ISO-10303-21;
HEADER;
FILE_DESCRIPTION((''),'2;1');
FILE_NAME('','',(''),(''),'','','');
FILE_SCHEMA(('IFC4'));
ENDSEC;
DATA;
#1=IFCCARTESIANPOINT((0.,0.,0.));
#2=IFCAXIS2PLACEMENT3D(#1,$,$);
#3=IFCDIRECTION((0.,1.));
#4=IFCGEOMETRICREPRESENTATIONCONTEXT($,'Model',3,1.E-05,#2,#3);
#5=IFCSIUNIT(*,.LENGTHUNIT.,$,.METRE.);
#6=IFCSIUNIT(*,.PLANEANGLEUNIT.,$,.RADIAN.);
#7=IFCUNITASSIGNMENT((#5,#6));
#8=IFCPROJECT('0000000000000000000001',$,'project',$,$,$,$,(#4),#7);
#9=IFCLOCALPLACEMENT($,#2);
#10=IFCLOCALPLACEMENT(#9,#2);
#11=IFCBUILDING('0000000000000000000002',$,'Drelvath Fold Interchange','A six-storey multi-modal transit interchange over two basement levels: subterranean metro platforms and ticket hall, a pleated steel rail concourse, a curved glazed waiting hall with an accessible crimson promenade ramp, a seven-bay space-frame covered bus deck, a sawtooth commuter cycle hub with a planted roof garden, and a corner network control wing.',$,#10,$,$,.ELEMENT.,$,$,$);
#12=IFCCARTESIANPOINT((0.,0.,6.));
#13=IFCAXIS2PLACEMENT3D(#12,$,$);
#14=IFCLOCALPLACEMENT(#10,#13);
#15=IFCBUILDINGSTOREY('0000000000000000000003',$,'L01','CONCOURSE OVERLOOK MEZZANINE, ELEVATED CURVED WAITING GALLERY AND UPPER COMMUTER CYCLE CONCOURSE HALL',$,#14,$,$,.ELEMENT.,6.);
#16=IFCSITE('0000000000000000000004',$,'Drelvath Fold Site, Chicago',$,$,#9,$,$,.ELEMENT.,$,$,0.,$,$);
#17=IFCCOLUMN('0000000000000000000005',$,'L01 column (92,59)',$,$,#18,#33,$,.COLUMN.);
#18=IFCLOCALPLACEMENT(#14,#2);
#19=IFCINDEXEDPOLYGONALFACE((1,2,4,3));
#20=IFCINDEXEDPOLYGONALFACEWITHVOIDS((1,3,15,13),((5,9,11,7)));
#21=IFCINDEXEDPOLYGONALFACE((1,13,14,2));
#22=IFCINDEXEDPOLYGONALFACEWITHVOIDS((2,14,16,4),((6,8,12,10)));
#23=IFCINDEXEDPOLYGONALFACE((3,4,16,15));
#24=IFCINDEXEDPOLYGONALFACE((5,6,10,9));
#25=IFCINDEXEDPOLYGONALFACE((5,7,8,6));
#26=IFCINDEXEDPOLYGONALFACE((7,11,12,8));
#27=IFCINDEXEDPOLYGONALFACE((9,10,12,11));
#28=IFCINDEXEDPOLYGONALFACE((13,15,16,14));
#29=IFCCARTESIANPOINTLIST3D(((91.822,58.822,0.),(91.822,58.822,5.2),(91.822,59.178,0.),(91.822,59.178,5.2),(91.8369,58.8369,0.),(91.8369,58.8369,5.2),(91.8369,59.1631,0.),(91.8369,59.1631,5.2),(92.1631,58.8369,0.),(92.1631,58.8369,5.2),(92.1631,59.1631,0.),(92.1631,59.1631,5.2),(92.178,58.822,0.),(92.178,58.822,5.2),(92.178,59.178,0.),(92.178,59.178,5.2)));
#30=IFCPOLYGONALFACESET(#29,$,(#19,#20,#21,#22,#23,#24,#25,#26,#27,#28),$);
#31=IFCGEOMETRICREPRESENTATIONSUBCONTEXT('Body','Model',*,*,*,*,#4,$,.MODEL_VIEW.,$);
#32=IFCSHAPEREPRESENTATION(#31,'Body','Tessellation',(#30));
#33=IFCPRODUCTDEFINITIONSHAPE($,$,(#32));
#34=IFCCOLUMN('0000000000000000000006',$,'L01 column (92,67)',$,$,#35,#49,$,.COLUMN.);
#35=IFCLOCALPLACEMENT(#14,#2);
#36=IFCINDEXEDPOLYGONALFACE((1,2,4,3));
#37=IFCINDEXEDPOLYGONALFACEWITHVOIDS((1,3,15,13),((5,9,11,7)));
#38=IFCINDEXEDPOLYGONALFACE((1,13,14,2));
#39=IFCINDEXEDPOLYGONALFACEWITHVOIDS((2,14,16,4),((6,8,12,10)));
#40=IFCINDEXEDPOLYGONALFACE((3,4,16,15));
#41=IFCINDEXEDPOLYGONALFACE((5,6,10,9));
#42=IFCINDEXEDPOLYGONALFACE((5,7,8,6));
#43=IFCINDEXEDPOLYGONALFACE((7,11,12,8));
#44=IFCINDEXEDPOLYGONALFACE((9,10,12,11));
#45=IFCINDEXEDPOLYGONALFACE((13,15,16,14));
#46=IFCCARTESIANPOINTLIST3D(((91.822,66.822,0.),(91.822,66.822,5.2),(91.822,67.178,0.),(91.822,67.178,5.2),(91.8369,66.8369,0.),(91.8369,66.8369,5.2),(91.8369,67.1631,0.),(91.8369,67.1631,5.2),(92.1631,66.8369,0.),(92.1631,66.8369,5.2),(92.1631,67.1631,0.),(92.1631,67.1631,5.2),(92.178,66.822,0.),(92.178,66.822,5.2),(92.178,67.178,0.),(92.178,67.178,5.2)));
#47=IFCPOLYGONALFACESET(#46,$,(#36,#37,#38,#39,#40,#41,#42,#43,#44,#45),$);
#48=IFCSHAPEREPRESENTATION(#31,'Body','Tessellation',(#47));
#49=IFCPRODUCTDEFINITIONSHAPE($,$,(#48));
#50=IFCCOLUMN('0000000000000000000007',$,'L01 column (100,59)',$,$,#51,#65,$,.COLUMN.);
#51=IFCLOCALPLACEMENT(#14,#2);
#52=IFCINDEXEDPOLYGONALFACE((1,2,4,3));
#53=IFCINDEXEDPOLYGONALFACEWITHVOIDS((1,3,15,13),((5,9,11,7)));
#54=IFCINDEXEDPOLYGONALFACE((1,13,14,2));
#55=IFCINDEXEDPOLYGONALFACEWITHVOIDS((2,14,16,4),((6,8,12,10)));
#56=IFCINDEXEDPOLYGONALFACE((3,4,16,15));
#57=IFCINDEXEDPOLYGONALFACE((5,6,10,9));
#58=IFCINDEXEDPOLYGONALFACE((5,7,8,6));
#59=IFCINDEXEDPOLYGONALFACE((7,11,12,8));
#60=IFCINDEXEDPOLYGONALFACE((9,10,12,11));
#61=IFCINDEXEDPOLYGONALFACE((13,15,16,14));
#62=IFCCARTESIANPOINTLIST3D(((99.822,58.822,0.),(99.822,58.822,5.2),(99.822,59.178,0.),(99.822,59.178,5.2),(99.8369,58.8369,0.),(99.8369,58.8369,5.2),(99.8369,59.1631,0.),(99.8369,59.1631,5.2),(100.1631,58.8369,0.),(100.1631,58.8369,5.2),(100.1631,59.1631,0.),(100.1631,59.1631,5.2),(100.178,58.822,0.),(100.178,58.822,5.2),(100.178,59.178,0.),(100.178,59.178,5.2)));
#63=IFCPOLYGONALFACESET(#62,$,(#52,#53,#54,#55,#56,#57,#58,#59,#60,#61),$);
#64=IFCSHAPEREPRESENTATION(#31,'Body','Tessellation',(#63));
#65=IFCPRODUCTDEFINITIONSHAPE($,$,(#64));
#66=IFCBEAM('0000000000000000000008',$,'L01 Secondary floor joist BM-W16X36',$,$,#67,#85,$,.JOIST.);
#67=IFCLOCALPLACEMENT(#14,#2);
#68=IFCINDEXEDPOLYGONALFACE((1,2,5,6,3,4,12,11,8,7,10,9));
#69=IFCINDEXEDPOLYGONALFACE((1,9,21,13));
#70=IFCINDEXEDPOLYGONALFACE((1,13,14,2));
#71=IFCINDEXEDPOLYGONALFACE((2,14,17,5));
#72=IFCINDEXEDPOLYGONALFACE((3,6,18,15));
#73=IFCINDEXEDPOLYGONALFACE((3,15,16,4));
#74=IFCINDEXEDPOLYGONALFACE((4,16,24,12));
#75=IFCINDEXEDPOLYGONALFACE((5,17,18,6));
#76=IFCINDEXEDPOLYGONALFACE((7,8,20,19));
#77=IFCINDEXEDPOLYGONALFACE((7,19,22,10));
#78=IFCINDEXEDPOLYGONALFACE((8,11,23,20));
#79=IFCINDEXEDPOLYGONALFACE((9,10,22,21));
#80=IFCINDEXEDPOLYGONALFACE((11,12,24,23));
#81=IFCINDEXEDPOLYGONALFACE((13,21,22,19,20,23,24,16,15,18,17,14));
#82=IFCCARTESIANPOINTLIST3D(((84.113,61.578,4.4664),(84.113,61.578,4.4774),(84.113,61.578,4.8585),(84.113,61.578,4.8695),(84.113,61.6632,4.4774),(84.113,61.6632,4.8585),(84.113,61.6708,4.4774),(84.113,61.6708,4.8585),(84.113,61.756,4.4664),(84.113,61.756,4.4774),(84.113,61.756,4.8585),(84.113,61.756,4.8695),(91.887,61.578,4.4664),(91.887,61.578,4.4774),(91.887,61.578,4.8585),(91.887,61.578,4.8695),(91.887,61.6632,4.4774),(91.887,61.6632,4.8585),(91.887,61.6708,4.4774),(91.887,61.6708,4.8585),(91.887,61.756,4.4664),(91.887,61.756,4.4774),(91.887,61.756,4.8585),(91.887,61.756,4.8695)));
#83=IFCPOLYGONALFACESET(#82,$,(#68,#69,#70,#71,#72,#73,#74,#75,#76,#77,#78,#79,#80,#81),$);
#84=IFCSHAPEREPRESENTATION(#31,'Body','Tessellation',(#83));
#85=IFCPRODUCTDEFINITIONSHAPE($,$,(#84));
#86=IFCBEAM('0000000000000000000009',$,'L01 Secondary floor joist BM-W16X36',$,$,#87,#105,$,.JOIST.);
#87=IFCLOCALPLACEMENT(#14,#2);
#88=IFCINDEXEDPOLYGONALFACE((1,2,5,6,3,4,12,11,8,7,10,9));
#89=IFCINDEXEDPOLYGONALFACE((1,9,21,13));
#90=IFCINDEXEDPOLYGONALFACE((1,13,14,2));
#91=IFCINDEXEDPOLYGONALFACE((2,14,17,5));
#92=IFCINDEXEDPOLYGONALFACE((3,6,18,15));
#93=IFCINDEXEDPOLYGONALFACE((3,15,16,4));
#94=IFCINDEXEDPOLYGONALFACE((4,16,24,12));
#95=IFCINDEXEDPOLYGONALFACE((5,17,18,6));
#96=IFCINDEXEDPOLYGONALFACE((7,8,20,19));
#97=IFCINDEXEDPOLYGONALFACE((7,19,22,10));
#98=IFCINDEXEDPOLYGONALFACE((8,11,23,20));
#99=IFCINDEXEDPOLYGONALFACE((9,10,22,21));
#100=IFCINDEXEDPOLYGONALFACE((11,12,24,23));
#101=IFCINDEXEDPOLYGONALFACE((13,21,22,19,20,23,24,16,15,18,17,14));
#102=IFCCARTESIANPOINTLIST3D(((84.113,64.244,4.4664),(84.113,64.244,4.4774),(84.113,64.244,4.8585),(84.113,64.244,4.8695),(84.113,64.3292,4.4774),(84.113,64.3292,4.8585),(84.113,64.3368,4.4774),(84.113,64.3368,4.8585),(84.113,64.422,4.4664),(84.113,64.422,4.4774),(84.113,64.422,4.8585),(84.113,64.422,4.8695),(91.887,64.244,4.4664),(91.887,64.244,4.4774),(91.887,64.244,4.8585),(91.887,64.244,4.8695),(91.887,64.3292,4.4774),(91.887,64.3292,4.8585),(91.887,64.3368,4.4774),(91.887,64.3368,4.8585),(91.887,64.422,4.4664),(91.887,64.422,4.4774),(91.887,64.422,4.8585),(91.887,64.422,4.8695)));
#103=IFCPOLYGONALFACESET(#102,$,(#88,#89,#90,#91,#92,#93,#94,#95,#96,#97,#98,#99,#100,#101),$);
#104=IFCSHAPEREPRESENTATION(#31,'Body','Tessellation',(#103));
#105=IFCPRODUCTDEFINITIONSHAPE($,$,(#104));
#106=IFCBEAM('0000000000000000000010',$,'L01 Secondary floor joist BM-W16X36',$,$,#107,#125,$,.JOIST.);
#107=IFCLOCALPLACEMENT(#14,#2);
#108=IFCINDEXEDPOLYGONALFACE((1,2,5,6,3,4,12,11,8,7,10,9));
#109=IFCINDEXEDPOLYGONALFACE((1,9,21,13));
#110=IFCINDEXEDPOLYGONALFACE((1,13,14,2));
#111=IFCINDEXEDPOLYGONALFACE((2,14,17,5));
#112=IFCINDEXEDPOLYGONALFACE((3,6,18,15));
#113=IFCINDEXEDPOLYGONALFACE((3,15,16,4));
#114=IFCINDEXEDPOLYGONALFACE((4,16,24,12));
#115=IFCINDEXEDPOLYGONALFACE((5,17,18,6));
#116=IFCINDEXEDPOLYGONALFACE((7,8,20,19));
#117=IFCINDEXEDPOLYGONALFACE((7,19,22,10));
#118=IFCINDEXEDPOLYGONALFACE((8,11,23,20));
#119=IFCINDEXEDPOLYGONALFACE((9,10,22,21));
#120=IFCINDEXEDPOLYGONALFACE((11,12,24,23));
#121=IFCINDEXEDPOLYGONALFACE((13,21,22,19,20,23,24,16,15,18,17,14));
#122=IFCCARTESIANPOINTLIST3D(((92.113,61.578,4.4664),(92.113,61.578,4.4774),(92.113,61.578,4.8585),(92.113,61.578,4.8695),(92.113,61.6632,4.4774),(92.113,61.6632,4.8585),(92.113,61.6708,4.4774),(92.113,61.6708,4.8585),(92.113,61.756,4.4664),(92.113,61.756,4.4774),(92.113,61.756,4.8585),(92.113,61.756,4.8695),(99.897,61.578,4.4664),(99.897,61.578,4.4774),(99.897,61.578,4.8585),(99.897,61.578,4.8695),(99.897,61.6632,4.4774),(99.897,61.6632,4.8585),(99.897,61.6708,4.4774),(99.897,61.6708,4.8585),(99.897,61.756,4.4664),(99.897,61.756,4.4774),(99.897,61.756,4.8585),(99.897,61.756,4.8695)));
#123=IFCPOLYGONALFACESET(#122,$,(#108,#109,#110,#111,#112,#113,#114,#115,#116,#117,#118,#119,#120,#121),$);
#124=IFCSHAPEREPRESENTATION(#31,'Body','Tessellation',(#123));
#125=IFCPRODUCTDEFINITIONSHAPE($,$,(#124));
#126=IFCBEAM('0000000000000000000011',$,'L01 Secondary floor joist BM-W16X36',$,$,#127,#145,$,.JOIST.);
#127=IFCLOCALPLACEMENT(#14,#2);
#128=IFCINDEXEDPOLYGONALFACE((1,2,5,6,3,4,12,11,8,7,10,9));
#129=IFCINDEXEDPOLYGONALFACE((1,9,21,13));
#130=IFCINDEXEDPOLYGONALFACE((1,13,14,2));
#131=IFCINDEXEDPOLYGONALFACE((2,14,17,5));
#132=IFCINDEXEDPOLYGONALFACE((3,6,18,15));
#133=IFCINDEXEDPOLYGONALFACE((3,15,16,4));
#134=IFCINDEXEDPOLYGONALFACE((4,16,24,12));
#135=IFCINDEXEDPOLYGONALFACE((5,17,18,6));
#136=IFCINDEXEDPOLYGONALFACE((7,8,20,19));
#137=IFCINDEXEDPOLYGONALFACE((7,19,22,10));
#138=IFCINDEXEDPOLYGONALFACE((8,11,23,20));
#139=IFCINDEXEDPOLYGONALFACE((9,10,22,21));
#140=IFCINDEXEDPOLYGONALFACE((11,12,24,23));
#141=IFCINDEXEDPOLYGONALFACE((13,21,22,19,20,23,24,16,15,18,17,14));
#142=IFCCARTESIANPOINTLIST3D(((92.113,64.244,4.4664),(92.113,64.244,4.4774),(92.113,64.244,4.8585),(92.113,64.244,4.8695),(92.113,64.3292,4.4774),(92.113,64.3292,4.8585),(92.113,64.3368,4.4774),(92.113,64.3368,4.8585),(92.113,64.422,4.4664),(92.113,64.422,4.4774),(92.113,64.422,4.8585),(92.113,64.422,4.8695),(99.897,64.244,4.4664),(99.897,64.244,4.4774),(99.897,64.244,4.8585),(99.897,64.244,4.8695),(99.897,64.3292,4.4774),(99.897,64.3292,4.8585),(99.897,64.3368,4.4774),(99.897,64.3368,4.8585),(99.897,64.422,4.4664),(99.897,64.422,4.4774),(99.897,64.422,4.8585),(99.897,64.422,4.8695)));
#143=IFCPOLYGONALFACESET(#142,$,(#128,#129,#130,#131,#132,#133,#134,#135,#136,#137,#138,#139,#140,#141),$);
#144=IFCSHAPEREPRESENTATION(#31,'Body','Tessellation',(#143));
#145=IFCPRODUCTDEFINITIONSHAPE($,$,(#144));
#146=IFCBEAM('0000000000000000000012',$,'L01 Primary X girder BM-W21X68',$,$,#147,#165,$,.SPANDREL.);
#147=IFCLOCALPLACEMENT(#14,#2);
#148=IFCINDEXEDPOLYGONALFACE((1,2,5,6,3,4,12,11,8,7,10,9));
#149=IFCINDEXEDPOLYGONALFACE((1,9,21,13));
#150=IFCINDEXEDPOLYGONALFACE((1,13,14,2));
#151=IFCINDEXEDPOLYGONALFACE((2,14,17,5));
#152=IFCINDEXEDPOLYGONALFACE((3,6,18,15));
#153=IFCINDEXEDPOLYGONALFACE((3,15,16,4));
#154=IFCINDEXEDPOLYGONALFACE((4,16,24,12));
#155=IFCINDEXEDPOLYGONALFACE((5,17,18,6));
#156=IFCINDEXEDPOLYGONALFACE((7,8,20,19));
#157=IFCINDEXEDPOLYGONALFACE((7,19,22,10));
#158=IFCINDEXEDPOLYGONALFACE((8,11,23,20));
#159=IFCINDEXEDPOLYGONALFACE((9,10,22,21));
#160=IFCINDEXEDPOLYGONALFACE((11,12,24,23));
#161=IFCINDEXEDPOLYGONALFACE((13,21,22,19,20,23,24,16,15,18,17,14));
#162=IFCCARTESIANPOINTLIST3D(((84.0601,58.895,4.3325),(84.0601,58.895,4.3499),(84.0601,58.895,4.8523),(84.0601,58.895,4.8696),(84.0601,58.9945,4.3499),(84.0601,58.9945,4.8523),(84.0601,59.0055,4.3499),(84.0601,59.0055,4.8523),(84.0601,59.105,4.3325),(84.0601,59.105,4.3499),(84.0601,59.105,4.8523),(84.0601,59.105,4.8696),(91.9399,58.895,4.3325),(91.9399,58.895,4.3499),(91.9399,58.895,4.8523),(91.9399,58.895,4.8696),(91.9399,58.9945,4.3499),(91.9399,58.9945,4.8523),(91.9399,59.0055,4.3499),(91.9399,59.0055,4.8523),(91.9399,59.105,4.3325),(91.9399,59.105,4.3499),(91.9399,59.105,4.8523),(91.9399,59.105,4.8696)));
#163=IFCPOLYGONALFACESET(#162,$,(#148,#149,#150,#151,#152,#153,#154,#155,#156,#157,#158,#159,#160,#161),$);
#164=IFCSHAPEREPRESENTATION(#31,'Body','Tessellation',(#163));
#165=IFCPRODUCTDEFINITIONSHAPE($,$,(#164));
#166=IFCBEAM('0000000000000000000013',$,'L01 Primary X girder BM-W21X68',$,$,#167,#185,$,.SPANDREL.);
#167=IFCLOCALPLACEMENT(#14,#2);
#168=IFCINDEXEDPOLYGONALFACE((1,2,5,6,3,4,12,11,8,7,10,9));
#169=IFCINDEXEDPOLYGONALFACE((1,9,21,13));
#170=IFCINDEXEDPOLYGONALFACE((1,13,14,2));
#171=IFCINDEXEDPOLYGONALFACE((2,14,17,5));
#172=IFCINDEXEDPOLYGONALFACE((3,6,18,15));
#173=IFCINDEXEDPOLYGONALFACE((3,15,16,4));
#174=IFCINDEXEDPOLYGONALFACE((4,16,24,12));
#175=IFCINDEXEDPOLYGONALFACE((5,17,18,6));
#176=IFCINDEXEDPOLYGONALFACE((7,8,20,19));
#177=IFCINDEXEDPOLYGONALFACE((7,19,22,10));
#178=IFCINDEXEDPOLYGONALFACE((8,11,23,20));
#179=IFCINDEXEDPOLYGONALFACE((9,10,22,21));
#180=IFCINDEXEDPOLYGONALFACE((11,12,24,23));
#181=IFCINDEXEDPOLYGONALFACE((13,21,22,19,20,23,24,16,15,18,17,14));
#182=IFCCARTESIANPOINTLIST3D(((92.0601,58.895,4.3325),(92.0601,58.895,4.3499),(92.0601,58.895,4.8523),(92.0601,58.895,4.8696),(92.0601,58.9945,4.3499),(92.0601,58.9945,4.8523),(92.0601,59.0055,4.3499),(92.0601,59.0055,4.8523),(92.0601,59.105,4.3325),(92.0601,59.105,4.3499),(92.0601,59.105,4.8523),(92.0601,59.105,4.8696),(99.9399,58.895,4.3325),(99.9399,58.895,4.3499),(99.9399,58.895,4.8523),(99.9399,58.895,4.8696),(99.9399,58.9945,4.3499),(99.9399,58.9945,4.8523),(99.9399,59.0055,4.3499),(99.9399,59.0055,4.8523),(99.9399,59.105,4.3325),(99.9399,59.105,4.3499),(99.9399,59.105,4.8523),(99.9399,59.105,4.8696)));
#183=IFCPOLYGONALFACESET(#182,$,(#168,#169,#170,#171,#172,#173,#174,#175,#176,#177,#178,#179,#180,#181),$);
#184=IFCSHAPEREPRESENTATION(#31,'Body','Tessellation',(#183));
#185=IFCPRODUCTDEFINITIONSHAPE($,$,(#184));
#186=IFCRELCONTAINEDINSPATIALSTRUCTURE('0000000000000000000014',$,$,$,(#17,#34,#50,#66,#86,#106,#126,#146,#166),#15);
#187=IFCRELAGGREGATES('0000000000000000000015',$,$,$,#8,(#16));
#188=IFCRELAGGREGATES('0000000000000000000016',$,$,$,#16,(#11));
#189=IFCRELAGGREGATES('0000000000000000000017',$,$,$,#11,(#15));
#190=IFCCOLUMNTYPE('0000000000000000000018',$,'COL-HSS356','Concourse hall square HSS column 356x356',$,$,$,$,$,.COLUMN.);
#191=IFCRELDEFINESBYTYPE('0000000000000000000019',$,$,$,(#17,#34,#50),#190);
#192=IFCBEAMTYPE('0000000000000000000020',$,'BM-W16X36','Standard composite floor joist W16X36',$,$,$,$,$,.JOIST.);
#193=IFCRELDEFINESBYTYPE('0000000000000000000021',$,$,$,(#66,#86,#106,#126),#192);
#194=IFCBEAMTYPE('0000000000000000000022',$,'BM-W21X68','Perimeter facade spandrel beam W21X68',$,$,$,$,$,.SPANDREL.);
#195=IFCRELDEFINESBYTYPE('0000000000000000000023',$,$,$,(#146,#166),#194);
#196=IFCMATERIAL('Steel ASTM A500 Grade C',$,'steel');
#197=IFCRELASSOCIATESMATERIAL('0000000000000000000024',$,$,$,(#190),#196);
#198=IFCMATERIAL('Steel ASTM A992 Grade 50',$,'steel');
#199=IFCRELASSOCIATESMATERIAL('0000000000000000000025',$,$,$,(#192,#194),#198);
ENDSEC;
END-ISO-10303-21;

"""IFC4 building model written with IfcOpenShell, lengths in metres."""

from ifc_helpers import new_model, si_unit, direction, frame, origin, origin_2d, place, context, subcontext, project, spatial, hollow_rectangle, i_section, extrude, material, material_profile, profile_set, type_object, element, save


model = new_model("IFC4")

# Units and contexts
model_context = context("Model", 3, precision=1e-05, world=origin(), true_north=direction((0.0, 1.0)))
body_context = subcontext(model_context, "Body", "Model", "MODEL_VIEW")
ifc_project = project(units=[si_unit("LENGTHUNIT", "METRE"), si_unit("PLANEANGLEUNIT", "RADIAN")], contexts=[model_context])

# Site, building, storey
site_placement = place(None, origin())
site = spatial("IfcSite", under=ifc_project, at=site_placement, Name="Drelvath Fold Site, Chicago", CompositionType="ELEMENT", RefElevation=0.0)
building_placement = place(site_placement, origin())
building = spatial("IfcBuilding", under=site, at=building_placement, Name="Drelvath Fold Interchange", Description="A six-storey multi-modal transit interchange over two basement levels: subterranean metro platforms and ticket hall, a pleated steel rail concourse, a curved glazed waiting hall with an accessible crimson promenade ramp, a seven-bay space-frame covered bus deck, a sawtooth commuter cycle hub with a planted roof garden, and a corner network control wing.", CompositionType="ELEMENT")
storey_placement = place(building_placement, frame((0.0, 0.0, 6.0)))
storey = spatial("IfcBuildingStorey", under=building, at=storey_placement, Name="L01", Description="CONCOURSE OVERLOOK MEZZANINE, ELEVATED CURVED WAITING GALLERY AND UPPER COMMUTER CYCLE CONCOURSE HALL", CompositionType="ELEMENT", Elevation=6.0)

# Columns
ifc_material_1 = material(Name="Steel ASTM A500 Grade C", Category="steel")
ifc_material_profile_1 = material_profile(ifc_material_1, hollow_rectangle(XDim=0.356, YDim=0.356, WallThickness=0.0149, at=origin_2d()), Name="HSS14X14X5/8")
ifc_profile_set_1 = profile_set([ifc_material_profile_1], Name="Steel ASTM A500 Grade C")
column_type = type_object("IfcColumnType", Name="COL-HSS356", Description="Concourse hall square HSS column 356x356", PredefinedType="COLUMN", material=ifc_profile_set_1)
for number, where, z_axis, x_axis, name in (
    (1, (92.0, 59.0, 0.0), (0.0, 0.0, 1.0), (1.0, 0.0, 0.0), "L01 column (92,59)"),
    (2, (92.0, 67.0, 0.0), (0.0, 0.0, 1.0), (1.0, 0.0, 0.0), "L01 column (92,67)"),
    (3, (100.0, 59.0, 0.0), (0.0, 0.0, 1.0), (1.0, 0.0, 0.0), "L01 column (100,59)"),
):
    element("IfcColumn", number, at=place(storey_placement, frame(where, z_axis=z_axis, x_axis=x_axis)), inside=storey, type_object=column_type, Name=name, PredefinedType="COLUMN", context=body_context, shape_type="SweptSolid", body=[
        extrude(hollow_rectangle(XDim=0.356, YDim=0.356, WallThickness=0.0149, at=origin_2d()), origin(), (0.0, 0.0, 1.0), 5.2),
    ])

# Beams
ifc_material_2 = material(Name="Steel ASTM A992 Grade 50", Category="steel")
ifc_material_profile_2 = material_profile(ifc_material_2, i_section(OverallWidth=0.178, OverallDepth=0.4031, WebThickness=0.0076, FlangeThickness=0.011, at=origin_2d()), Name="W16X36")
ifc_profile_set_2 = profile_set([ifc_material_profile_2], Name="Steel ASTM A992 Grade 50")
beam_type_1 = type_object("IfcBeamType", Name="BM-W16X36", Description="Standard composite floor joist W16X36", PredefinedType="JOIST", material=ifc_profile_set_2)
for number, where, z_axis, x_axis, name in (
    (4, (84.113, 61.667, 4.668), (1.0, 0.0, 0.0), (0.0, 1.0, 0.0), "L01 Secondary floor joist BM-W16X36"),
    (5, (84.113, 64.333, 4.668), (1.0, 0.0, 0.0), (0.0, 1.0, 0.0), "L01 Secondary floor joist BM-W16X36"),
):
    element("IfcBeam", number, at=place(storey_placement, frame(where, z_axis=z_axis, x_axis=x_axis)), inside=storey, type_object=beam_type_1, Name=name, PredefinedType="JOIST", context=body_context, shape_type="SweptSolid", body=[
        extrude(i_section(OverallWidth=0.178, OverallDepth=0.4031, WebThickness=0.0076, FlangeThickness=0.011, at=origin_2d()), origin(), (0.0, 0.0, 1.0), 7.7739),
    ])
for number, where, z_axis, x_axis, name in (
    (6, (92.113, 61.667, 4.668), (1.0, 0.0, 0.0), (0.0, 1.0, 0.0), "L01 Secondary floor joist BM-W16X36"),
    (7, (92.113, 64.333, 4.668), (1.0, 0.0, 0.0), (0.0, 1.0, 0.0), "L01 Secondary floor joist BM-W16X36"),
):
    element("IfcBeam", number, at=place(storey_placement, frame(where, z_axis=z_axis, x_axis=x_axis)), inside=storey, type_object=beam_type_1, Name=name, PredefinedType="JOIST", context=body_context, shape_type="SweptSolid", body=[
        extrude(i_section(OverallWidth=0.178, OverallDepth=0.4031, WebThickness=0.0076, FlangeThickness=0.011, at=origin_2d()), origin(), (0.0, 0.0, 1.0), 7.7839),
    ])
ifc_material_profile_3 = material_profile(ifc_material_2, i_section(OverallWidth=0.21, OverallDepth=0.5371, WebThickness=0.011, FlangeThickness=0.0173, at=origin_2d()), Name="W21X68")
ifc_profile_set_3 = profile_set([ifc_material_profile_3], Name="Steel ASTM A992 Grade 50")
beam_type_2 = type_object("IfcBeamType", Name="BM-W21X68", Description="Perimeter facade spandrel beam W21X68", PredefinedType="SPANDREL", material=ifc_profile_set_3)
for number, where, z_axis, x_axis, name in (
    (8, (84.0601, 59.0, 4.6011), (1.0, 0.0, 0.0), (0.0, 1.0, 0.0), "L01 Primary X girder BM-W21X68"),
    (9, (92.0601, 59.0, 4.6011), (1.0, 0.0, 0.0), (0.0, 1.0, 0.0), "L01 Primary X girder BM-W21X68"),
):
    element("IfcBeam", number, at=place(storey_placement, frame(where, z_axis=z_axis, x_axis=x_axis)), inside=storey, type_object=beam_type_2, Name=name, PredefinedType="SPANDREL", context=body_context, shape_type="SweptSolid", body=[
        extrude(i_section(OverallWidth=0.21, OverallDepth=0.5371, WebThickness=0.011, FlangeThickness=0.0173, at=origin_2d()), origin(), (0.0, 0.0, 1.0), 7.8799),
    ])

save(model, "model.ifc")
